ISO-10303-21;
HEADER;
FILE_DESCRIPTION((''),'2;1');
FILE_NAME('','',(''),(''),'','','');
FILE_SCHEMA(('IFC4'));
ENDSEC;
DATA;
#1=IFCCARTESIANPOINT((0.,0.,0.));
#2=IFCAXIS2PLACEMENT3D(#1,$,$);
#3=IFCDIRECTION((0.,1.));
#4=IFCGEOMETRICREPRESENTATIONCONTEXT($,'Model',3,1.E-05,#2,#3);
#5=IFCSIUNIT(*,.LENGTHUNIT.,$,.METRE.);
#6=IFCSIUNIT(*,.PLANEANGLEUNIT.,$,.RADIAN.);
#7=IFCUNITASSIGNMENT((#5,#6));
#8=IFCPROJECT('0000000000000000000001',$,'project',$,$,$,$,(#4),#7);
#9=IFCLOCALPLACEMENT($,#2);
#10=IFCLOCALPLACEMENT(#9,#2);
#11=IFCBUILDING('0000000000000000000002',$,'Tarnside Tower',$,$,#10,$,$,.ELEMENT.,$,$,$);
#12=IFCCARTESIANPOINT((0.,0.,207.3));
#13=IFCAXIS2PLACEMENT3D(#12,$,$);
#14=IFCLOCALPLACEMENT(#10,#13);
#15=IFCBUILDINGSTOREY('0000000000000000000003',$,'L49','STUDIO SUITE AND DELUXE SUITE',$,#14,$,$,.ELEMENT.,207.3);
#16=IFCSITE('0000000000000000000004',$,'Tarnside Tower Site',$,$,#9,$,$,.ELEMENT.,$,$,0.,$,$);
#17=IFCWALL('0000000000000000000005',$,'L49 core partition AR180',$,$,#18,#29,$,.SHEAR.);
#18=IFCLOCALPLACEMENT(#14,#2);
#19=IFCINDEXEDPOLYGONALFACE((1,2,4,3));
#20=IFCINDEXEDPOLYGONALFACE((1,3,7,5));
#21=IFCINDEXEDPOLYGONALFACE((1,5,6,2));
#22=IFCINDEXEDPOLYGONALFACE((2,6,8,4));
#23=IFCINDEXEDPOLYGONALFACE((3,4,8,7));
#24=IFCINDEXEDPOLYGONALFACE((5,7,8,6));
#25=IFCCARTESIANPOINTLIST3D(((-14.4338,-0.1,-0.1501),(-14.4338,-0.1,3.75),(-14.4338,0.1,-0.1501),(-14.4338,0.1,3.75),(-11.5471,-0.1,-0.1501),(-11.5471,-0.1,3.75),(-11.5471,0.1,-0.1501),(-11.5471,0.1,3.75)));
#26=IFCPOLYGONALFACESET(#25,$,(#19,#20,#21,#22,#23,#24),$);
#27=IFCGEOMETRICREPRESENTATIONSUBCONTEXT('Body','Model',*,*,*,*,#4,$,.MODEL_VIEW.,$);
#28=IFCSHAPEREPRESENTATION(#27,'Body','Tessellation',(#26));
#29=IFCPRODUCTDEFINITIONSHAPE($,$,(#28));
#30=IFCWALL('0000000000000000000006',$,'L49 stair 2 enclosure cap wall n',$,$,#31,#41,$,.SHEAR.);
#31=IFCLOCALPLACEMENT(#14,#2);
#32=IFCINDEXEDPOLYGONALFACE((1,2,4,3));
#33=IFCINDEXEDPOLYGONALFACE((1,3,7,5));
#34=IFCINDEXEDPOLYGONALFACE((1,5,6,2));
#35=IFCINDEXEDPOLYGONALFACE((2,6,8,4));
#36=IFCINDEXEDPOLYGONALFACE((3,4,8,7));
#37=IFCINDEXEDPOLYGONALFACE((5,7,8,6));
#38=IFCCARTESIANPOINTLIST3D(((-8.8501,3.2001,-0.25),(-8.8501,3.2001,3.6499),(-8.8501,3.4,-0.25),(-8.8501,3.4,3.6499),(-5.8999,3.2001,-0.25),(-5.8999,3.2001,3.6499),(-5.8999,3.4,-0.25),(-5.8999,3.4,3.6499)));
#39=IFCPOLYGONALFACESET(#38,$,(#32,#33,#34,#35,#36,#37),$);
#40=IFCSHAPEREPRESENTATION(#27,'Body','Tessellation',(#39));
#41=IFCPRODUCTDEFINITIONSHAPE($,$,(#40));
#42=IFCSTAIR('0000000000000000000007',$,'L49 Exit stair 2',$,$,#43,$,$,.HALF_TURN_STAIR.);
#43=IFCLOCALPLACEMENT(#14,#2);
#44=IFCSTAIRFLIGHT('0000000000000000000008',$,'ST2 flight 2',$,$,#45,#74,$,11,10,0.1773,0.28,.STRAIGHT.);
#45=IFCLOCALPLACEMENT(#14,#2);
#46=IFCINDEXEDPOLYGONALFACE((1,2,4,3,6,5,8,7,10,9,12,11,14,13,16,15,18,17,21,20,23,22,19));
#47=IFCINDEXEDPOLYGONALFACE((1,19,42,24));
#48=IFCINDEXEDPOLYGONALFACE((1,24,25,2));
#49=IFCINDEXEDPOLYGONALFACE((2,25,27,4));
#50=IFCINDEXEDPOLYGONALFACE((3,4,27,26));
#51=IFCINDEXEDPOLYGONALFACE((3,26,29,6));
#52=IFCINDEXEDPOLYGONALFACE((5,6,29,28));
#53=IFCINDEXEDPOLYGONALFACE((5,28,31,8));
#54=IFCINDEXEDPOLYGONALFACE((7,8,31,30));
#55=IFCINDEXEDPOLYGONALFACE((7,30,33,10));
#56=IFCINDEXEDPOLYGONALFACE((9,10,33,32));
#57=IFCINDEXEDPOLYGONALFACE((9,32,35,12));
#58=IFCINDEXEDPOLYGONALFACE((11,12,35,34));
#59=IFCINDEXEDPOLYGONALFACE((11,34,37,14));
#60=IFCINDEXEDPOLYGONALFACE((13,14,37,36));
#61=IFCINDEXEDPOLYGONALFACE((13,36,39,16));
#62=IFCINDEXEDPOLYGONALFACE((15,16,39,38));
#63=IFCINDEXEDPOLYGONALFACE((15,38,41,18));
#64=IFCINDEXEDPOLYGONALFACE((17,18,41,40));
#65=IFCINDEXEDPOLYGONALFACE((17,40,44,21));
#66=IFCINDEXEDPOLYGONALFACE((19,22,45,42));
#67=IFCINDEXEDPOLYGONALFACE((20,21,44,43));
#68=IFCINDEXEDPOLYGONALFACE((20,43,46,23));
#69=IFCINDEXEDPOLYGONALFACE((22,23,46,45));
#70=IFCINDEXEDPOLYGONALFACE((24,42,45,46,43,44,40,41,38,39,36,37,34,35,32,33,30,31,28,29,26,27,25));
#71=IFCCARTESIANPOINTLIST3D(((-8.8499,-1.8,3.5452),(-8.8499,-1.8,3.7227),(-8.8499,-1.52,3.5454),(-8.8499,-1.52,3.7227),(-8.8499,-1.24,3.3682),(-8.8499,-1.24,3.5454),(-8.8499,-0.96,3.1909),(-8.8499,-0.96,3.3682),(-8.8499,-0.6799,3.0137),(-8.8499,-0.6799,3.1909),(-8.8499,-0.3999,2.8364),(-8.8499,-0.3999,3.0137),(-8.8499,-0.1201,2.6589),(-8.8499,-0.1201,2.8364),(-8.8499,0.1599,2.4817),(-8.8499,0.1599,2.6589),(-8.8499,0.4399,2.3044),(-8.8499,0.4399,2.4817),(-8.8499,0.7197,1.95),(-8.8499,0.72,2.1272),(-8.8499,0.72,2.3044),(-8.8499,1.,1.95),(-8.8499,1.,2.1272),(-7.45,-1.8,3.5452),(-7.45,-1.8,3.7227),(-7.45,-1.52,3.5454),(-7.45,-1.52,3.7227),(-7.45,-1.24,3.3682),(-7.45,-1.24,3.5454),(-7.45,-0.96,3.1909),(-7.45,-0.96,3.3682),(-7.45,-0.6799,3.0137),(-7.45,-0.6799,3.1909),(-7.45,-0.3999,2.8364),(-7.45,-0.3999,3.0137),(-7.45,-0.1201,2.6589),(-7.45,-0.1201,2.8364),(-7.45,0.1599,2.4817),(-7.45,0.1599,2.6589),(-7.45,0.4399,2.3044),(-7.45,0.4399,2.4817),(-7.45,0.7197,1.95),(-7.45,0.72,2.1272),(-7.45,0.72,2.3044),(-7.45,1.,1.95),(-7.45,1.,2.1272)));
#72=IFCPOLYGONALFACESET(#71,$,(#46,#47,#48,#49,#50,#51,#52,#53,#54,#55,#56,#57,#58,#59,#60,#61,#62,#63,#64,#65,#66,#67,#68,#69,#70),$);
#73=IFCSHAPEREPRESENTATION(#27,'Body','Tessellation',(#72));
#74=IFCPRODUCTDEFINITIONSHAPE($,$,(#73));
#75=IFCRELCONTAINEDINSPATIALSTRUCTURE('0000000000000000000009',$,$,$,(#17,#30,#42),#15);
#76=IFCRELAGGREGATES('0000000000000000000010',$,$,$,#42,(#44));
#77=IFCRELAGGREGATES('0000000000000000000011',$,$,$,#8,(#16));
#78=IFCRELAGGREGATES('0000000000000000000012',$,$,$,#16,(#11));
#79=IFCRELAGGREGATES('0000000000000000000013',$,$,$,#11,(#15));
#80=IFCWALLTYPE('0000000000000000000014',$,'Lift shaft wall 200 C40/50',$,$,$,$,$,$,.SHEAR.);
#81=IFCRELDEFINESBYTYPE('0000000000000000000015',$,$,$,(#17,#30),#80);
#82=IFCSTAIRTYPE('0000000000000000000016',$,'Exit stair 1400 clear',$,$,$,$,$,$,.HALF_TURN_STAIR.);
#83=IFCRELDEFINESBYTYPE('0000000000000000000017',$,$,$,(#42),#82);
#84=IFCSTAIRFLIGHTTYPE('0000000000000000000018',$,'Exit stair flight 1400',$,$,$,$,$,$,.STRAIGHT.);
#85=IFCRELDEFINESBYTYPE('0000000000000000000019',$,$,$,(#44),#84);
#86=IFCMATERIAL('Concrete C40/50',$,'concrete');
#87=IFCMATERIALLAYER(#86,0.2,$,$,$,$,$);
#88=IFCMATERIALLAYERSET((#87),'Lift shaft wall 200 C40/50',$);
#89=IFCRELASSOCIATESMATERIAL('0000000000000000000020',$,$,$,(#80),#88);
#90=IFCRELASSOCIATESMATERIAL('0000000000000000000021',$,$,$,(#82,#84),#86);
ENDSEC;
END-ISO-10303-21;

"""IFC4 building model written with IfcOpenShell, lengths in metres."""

from ifc_helpers import new_model, si_unit, direction, frame, frame_2d, origin, place, context, subcontext, project, spatial, polyline, rectangle, outline, extrude, material, layer, layer_set, type_object, element, aggregate, save


model = new_model("IFC4")

# Units and contexts
model_context = context("Model", 3, precision=1e-05, world=origin(), true_north=direction((0.0, 1.0)))
body_context = subcontext(model_context, "Body", "Model", "MODEL_VIEW")
ifc_project = project(units=[si_unit("LENGTHUNIT", "METRE"), si_unit("PLANEANGLEUNIT", "RADIAN")], contexts=[model_context])

# Site, building, storey
site_placement = place(None, origin())
site = spatial("IfcSite", under=ifc_project, at=site_placement, Name="Tarnside Tower Site", CompositionType="ELEMENT", RefElevation=0.0)
building_placement = place(site_placement, origin())
building = spatial("IfcBuilding", under=site, at=building_placement, Name="Tarnside Tower", CompositionType="ELEMENT")
storey_placement = place(building_placement, frame((0.0, 0.0, 207.3)))
storey = spatial("IfcBuildingStorey", under=building, at=storey_placement, Name="L49", Description="STUDIO SUITE AND DELUXE SUITE", CompositionType="ELEMENT", Elevation=207.3)

# Walls
ifc_material_1 = material(Name="Concrete C40/50", Category="concrete")
ifc_layer_1 = layer(ifc_material_1, 0.2)
ifc_layer_set_1 = layer_set([ifc_layer_1], Name="Lift shaft wall 200 C40/50")
wall_type_1 = type_object("IfcWallType", Name="Lift shaft wall 200 C40/50", PredefinedType="SHEAR", material=ifc_layer_set_1)
for number, where, z_axis, x_axis, name in (
    (1, (-11.5471, 0.0, -0.1501), (0.0, 0.0, 1.0), (-1.0, 0.0, 0.0), "L49 core partition AR180"),
):
    element("IfcWall", number, at=place(storey_placement, frame(where, z_axis=z_axis, x_axis=x_axis)), inside=storey, type_object=wall_type_1, Name=name, PredefinedType="SHEAR", context=body_context, shape_type="SweptSolid", body=[
        extrude(rectangle(XDim=2.8867, YDim=0.2, at=frame_2d((1.4434, 0.0))), origin(), (0.0, 0.0, 1.0), 3.9001),
    ])
wall_1_placement = place(storey_placement, frame((-8.8501, 3.3, -0.25), z_axis=(0.0, 0.0, 1.0), x_axis=(1.0, 0.0, 0.0)))
element("IfcWall", 2, at=wall_1_placement, inside=storey, type_object=wall_type_1, Name="L49 stair 2 enclosure cap wall n", PredefinedType="SHEAR", context=body_context, shape_type="SweptSolid", body=[
    extrude(rectangle(XDim=2.9502, YDim=0.2, at=frame_2d((1.4751, 0.0))), origin(), (0.0, 0.0, 1.0), 3.8999),
])

# Stair, stair flight
stair_type = type_object("IfcStairType", Name="Exit stair 1400 clear", PredefinedType="HALF_TURN_STAIR", material=ifc_material_1)
stair_placement = place(storey_placement, origin())
stair = element("IfcStair", 3, at=stair_placement, inside=storey, type_object=stair_type, Name="L49 Exit stair 2", PredefinedType="HALF_TURN_STAIR")
stair_flight_type = type_object("IfcStairFlightType", Name="Exit stair flight 1400", PredefinedType="STRAIGHT", material=ifc_material_1)
stair_flight_placement = place(storey_placement, frame((-8.1499, 1.0, 1.95), z_axis=(0.0, 0.0, 1.0), x_axis=(0.0, -1.0, 0.0)))
stair_flight = element("IfcStairFlight", 4, at=stair_flight_placement, type_object=stair_flight_type, Name="ST2 flight 2", NumberOfRisers=11, NumberOfTreads=10, PredefinedType="STRAIGHT", RiserHeight=0.1773, TreadLength=0.28, context=body_context, shape_type="SweptSolid", body=[
    extrude(outline(polyline([(0.0, 0.0), (0.0, 0.1772), (0.28, 0.1772), (0.28, 0.3545), (0.5601, 0.3545), (0.5601, 0.5317), (0.8401, 0.5317), (0.8401, 0.709), (1.1201, 0.709), (1.1201, 0.8865), (1.3999, 0.8865), (1.3999, 1.0637), (1.6799, 1.0637), (1.6799, 1.241), (1.96, 1.241), (1.96, 1.4182), (2.24, 1.4182), (2.24, 1.5955), (2.52, 1.5955), (2.52, 1.7727), (2.8, 1.7727), (2.8, 1.95), (2.8, 1.5952), (0.2803, 0.0), (0.0, 0.0)])), frame((0.0, 0.7, 0.0), z_axis=(0.0, -1.0, 0.0), x_axis=(1.0, 0.0, 0.0)), (0.0, 0.0, 1.0), 1.3999),
])
aggregate(stair, [stair_flight])

save(model, "model.ifc")
